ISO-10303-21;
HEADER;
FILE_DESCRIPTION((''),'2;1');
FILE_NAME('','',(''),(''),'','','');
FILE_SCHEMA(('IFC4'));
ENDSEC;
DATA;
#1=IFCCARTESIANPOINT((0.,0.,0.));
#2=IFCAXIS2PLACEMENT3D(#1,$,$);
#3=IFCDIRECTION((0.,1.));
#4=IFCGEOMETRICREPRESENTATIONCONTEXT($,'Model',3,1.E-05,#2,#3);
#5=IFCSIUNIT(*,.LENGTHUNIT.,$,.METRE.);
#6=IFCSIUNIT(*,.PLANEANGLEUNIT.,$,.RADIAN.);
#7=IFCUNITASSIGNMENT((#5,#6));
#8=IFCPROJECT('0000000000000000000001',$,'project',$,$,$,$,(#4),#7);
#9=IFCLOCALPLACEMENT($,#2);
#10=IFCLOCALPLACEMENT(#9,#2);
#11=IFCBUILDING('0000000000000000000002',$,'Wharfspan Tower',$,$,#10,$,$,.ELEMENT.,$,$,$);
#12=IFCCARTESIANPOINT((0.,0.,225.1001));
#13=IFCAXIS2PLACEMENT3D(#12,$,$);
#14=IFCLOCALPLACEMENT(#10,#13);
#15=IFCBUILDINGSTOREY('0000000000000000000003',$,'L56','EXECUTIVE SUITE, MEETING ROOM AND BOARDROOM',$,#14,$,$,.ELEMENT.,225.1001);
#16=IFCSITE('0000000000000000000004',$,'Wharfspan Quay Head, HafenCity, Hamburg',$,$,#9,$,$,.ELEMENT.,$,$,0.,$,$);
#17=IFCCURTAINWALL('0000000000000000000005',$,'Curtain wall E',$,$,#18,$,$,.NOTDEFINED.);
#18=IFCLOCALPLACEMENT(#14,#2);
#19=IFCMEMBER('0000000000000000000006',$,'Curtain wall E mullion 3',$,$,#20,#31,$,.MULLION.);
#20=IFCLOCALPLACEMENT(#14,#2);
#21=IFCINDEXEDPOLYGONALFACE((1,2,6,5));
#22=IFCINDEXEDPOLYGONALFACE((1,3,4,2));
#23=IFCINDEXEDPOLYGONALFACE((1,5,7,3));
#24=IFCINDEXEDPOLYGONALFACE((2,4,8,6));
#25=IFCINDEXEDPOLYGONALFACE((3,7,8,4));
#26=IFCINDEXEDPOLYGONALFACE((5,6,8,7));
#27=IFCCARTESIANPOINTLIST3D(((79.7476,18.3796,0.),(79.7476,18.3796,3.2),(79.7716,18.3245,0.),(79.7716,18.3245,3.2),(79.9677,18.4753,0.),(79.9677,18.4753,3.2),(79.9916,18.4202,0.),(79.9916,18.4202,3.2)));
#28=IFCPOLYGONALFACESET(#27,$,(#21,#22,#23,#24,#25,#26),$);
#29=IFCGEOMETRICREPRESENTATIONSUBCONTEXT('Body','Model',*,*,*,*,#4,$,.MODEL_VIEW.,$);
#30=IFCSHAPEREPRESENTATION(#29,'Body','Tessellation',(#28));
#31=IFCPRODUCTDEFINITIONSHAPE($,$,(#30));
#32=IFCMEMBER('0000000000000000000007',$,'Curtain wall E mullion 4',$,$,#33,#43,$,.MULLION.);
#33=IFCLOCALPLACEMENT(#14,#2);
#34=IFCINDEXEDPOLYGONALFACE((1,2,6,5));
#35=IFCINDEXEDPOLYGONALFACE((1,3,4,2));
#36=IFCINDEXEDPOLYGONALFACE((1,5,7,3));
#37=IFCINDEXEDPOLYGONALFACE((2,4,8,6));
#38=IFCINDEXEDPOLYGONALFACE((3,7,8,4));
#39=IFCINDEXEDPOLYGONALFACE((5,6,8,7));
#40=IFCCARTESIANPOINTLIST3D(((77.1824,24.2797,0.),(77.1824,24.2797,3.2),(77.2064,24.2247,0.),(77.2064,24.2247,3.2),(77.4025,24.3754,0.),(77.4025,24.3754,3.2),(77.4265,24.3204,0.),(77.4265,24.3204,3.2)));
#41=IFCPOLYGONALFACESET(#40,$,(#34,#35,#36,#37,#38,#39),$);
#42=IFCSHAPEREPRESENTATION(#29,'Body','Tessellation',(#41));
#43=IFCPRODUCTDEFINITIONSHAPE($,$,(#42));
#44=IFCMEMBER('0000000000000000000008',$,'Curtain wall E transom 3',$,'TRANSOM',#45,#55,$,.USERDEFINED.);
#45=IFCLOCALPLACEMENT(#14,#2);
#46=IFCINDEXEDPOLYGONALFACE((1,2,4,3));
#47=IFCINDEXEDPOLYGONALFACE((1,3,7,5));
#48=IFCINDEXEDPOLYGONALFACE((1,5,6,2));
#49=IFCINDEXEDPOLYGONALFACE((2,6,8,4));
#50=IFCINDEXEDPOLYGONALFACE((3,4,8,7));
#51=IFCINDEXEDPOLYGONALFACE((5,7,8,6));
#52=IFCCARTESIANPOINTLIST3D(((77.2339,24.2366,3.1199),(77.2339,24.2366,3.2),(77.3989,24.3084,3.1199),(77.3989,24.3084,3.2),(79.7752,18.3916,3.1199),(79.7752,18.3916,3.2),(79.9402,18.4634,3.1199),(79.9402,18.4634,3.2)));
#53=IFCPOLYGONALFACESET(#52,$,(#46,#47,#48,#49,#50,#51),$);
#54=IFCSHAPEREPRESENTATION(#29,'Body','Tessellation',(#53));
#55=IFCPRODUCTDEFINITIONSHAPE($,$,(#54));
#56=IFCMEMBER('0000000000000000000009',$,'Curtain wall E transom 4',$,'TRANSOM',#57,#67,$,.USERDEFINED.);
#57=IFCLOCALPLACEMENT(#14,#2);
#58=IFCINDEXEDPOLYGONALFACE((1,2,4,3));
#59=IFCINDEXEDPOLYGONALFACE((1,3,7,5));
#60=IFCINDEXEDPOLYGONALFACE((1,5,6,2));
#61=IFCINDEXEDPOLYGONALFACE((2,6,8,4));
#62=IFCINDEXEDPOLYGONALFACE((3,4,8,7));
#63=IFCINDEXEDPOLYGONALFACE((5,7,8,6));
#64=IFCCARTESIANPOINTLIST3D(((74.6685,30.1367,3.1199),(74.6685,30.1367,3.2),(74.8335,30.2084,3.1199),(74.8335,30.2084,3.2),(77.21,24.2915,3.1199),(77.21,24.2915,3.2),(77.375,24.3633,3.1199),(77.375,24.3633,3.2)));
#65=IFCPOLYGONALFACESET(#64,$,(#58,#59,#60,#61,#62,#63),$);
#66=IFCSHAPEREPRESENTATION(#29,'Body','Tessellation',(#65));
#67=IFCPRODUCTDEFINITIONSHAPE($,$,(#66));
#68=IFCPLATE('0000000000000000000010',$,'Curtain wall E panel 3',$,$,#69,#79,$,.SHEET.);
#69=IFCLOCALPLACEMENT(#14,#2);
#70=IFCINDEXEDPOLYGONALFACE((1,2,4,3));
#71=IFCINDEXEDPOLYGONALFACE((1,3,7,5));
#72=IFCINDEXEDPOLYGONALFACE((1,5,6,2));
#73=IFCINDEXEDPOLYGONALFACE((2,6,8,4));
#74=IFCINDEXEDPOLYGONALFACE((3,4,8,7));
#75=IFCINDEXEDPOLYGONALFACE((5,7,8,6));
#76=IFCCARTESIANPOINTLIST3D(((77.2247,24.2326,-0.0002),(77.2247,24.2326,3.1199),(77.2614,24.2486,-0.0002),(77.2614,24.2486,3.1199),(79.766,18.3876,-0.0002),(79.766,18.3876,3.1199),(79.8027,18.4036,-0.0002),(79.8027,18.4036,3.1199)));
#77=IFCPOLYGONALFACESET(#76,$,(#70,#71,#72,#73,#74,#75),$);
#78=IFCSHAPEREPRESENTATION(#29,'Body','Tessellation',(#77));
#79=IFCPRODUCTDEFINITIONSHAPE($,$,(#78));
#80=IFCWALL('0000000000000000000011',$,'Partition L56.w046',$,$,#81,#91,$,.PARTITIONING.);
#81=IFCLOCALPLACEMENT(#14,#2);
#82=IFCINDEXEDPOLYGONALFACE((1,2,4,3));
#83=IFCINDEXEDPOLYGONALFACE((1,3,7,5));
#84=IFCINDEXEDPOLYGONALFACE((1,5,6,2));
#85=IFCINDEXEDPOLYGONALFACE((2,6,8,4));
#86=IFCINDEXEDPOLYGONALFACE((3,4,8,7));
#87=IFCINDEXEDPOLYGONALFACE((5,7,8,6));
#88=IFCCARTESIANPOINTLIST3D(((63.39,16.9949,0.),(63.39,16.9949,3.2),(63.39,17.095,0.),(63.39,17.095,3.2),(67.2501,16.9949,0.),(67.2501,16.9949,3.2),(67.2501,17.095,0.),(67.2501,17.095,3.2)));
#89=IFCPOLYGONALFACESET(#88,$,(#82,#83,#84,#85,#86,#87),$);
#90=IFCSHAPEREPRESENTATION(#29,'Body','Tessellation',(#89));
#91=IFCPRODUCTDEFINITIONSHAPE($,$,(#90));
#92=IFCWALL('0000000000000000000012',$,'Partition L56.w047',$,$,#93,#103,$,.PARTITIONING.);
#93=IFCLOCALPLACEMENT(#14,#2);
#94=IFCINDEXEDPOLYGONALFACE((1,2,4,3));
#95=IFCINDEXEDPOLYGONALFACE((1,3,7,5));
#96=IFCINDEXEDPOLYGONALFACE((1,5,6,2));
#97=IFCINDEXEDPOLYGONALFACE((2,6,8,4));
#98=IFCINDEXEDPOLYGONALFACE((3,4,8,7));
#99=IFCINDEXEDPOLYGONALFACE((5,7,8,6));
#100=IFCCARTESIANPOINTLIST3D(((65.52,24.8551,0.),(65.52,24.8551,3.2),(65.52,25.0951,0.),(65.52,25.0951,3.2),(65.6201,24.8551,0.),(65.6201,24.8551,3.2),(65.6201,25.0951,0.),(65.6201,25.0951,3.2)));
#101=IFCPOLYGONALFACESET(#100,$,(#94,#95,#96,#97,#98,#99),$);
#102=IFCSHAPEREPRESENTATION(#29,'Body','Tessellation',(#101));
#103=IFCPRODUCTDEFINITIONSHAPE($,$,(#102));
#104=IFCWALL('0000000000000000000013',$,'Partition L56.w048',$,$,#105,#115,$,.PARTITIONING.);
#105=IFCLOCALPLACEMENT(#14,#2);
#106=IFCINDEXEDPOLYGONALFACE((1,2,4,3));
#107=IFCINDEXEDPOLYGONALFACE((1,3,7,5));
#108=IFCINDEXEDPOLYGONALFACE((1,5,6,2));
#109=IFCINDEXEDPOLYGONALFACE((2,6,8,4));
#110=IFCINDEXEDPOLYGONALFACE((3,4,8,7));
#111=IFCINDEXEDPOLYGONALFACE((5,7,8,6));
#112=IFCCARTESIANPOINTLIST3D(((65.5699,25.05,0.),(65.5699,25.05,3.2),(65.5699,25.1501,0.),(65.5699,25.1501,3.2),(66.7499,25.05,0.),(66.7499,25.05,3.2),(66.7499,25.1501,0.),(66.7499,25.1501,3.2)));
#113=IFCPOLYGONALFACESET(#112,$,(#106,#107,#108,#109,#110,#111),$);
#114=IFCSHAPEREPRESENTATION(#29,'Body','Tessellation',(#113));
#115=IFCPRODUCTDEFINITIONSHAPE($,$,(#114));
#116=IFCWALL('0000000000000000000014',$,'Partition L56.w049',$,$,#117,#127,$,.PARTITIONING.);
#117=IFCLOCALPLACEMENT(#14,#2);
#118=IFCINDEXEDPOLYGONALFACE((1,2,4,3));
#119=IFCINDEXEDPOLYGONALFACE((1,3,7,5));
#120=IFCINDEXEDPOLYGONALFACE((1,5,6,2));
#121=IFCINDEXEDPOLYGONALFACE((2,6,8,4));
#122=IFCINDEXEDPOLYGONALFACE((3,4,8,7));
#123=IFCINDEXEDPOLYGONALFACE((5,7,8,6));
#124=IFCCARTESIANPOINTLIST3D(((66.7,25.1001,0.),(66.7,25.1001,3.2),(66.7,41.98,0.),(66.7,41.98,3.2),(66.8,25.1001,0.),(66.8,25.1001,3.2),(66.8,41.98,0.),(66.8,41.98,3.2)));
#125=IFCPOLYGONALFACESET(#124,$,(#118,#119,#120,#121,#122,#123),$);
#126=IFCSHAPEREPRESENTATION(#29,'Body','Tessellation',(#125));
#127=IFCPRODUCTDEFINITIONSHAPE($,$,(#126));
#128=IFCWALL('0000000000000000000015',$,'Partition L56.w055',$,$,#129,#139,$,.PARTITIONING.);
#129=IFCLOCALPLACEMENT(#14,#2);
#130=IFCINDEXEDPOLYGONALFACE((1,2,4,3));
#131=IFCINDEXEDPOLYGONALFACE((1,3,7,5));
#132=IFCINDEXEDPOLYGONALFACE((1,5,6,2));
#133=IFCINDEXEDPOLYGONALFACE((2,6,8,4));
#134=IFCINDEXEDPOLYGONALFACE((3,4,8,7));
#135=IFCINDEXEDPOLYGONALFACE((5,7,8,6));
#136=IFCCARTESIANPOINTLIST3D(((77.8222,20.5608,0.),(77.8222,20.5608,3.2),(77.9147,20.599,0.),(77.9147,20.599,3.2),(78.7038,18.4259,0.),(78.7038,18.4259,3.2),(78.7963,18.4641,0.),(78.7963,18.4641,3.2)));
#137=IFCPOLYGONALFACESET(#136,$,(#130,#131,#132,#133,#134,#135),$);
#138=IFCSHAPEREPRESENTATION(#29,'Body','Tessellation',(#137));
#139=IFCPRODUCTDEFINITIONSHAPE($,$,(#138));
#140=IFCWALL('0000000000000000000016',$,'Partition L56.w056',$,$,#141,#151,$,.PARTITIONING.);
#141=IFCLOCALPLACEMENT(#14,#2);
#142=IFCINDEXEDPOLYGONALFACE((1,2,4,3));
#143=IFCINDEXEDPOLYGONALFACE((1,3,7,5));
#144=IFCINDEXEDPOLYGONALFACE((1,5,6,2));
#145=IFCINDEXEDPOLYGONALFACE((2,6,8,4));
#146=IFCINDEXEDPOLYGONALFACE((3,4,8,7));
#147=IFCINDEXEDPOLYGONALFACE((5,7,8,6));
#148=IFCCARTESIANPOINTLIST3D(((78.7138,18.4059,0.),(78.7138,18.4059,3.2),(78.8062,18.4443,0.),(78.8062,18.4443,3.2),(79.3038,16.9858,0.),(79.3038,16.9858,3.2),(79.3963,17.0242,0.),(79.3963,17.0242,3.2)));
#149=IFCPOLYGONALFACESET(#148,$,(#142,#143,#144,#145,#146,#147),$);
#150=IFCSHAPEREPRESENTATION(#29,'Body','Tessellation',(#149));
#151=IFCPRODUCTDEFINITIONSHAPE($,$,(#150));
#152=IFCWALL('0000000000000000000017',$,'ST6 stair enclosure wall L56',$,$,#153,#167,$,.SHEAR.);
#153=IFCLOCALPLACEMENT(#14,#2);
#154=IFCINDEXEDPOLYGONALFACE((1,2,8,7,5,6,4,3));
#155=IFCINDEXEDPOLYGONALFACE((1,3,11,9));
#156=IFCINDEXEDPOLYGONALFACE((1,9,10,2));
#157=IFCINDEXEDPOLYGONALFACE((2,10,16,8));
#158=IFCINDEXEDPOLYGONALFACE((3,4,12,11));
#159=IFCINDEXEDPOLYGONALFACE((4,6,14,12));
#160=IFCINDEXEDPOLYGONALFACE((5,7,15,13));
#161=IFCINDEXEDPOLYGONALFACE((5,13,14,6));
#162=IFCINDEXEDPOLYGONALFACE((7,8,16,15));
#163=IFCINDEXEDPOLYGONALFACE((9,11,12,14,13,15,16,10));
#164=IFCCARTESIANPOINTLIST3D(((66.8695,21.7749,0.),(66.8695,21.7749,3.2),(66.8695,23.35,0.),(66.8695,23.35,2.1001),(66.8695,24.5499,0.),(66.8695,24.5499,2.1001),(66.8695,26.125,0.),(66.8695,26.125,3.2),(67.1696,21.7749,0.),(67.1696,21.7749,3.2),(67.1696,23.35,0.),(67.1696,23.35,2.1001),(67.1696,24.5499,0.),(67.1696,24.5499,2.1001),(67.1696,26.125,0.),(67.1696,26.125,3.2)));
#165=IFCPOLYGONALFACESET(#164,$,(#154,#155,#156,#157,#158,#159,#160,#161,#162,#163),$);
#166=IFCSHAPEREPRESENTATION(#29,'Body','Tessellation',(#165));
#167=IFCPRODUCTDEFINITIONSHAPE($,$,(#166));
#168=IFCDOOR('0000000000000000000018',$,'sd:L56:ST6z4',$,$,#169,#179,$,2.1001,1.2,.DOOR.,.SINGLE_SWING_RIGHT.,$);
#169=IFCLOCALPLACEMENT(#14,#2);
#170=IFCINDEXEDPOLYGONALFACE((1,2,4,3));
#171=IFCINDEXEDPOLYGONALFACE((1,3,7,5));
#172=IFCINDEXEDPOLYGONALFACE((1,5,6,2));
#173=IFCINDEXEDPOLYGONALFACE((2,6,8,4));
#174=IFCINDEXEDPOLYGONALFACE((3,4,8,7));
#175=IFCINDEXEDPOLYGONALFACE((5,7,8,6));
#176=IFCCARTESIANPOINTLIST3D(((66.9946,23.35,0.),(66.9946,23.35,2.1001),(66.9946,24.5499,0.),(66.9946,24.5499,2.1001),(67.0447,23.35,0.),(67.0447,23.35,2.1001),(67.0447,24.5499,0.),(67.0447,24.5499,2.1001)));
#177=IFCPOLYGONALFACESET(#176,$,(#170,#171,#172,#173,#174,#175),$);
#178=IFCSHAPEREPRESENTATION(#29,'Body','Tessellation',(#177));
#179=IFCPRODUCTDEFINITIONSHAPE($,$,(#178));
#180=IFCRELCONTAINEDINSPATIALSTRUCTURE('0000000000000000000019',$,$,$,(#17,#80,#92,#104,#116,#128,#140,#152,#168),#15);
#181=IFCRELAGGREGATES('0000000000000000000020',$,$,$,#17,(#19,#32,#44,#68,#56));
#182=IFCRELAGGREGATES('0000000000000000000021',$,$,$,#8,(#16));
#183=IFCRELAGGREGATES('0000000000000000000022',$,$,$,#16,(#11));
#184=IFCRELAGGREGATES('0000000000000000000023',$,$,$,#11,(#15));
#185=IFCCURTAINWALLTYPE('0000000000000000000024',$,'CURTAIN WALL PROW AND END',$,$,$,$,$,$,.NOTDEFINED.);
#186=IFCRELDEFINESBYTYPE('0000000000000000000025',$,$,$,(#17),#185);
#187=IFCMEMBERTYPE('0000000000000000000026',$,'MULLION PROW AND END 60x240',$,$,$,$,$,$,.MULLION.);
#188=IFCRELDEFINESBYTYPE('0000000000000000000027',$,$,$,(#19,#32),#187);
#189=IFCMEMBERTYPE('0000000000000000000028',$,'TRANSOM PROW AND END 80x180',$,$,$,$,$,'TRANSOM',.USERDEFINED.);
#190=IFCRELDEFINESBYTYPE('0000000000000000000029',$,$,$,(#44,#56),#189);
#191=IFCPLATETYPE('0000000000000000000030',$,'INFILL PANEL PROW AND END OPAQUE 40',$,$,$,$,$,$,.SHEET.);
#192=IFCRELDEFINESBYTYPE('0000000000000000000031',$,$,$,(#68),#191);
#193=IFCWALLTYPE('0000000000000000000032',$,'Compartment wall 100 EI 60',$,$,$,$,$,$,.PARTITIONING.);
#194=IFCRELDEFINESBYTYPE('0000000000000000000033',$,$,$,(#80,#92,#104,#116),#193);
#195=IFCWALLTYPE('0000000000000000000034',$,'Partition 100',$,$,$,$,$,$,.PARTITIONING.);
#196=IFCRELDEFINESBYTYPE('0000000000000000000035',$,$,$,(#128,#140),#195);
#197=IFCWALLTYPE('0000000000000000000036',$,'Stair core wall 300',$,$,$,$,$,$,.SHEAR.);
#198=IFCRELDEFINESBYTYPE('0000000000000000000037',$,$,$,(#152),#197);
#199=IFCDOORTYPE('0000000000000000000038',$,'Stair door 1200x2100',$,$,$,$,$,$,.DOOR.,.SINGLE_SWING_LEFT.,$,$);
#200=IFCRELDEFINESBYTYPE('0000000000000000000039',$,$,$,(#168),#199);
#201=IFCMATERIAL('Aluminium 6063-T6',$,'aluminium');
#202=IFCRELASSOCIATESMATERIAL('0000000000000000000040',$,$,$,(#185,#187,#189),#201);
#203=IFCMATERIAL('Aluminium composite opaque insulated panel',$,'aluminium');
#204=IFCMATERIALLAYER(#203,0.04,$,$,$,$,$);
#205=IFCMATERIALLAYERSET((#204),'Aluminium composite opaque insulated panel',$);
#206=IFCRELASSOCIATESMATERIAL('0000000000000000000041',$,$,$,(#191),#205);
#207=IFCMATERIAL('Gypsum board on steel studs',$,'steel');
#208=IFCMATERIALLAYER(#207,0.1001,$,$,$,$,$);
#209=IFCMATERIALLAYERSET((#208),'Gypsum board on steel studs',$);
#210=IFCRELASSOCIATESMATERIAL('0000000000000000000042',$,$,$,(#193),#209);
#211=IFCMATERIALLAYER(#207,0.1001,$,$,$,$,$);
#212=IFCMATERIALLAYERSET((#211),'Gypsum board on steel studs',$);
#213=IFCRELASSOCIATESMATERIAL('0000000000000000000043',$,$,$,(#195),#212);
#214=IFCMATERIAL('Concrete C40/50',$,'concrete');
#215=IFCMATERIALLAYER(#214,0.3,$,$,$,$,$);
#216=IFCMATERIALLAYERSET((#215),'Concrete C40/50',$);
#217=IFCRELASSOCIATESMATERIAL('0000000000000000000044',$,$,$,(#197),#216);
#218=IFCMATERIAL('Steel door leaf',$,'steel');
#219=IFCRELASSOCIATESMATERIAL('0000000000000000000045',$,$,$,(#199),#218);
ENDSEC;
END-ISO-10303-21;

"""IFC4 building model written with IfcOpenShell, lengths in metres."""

from ifc_helpers import new_model, si_unit, direction, frame, frame_2d, origin, origin_2d, place, context, subcontext, project, spatial, rectangle, extrude, material, layer, layer_set, material_profile, profile_set, type_object, element, fill, aggregate, save


model = new_model("IFC4")

# Units and contexts
model_context = context("Model", 3, precision=1e-05, world=origin(), true_north=direction((0.0, 1.0)))
body_context = subcontext(model_context, "Body", "Model", "MODEL_VIEW")
ifc_project = project(units=[si_unit("LENGTHUNIT", "METRE"), si_unit("PLANEANGLEUNIT", "RADIAN")], contexts=[model_context])

# Site, building, storey
site_placement = place(None, origin())
site = spatial("IfcSite", under=ifc_project, at=site_placement, Name="Wharfspan Quay Head, HafenCity, Hamburg", CompositionType="ELEMENT", RefElevation=0.0)
building_placement = place(site_placement, origin())
building = spatial("IfcBuilding", under=site, at=building_placement, Name="Wharfspan Tower", CompositionType="ELEMENT")
storey_placement = place(building_placement, frame((0.0, 0.0, 225.1001)))
storey = spatial("IfcBuildingStorey", under=building, at=storey_placement, Name="L56", Description="EXECUTIVE SUITE, MEETING ROOM AND BOARDROOM", CompositionType="ELEMENT", Elevation=225.1001)

# Curtain wall, members, plate
ifc_material_1 = material(Name="Aluminium 6063-T6", Category="aluminium")
curtain_wall_type = type_object("IfcCurtainWallType", Name="CURTAIN WALL PROW AND END", PredefinedType="NOTDEFINED", material=ifc_material_1)
curtain_wall_placement = place(storey_placement, origin())
curtain_wall = element("IfcCurtainWall", 1, at=curtain_wall_placement, inside=storey, type_object=curtain_wall_type, Name="Curtain wall E", PredefinedType="NOTDEFINED")
ifc_material_profile_1 = material_profile(ifc_material_1, rectangle(XDim=0.24, YDim=0.0601, at=origin_2d()))
ifc_profile_set_1 = profile_set([ifc_material_profile_1], Name="Aluminium 6063-T6")
member_type_1 = type_object("IfcMemberType", Name="MULLION PROW AND END 60x240", PredefinedType="MULLION", material=ifc_profile_set_1)
member_1_placement = place(storey_placement, frame((79.8696, 18.3999, 0.0), z_axis=(0.0, 0.0, 1.0), x_axis=(-0.917072, -0.398727, 0.0)))
member_1 = element("IfcMember", 2, at=member_1_placement, type_object=member_type_1, Name="Curtain wall E mullion 3", PredefinedType="MULLION", context=body_context, shape_type="SweptSolid", body=[
    extrude(rectangle(XDim=0.24, YDim=0.0601, at=origin_2d()), origin(), (0.0, 0.0, 1.0), 3.2),
])
member_2_placement = place(storey_placement, frame((77.3044, 24.3, 0.0), z_axis=(0.0, 0.0, 1.0), x_axis=(-0.917072, -0.398727, 0.0)))
member_2 = element("IfcMember", 3, at=member_2_placement, type_object=member_type_1, Name="Curtain wall E mullion 4", PredefinedType="MULLION", context=body_context, shape_type="SweptSolid", body=[
    extrude(rectangle(XDim=0.24, YDim=0.0601, at=origin_2d()), origin(), (0.0, 0.0, 1.0), 3.2),
])
ifc_material_profile_2 = material_profile(ifc_material_1, rectangle(XDim=0.1799, YDim=0.0801, at=origin_2d()))
ifc_profile_set_2 = profile_set([ifc_material_profile_2], Name="Aluminium 6063-T6")
member_type_2 = type_object("IfcMemberType", Name="TRANSOM PROW AND END 80x180", ElementType="TRANSOM", PredefinedType="USERDEFINED", material=ifc_profile_set_2)
member_3_placement = place(storey_placement, frame((79.8577, 18.4275, 3.1599), z_axis=(-0.398722, 0.917072, 0.0), x_axis=(-0.917072, -0.398722, 0.0)))
member_3 = element("IfcMember", 4, at=member_3_placement, type_object=member_type_2, Name="Curtain wall E transom 3", ObjectType="TRANSOM", PredefinedType="USERDEFINED", context=body_context, shape_type="SweptSolid", body=[
    extrude(rectangle(XDim=0.1799, YDim=0.0801, at=origin_2d()), origin(), (0.0, 0.0, 1.0), 6.3735),
])
member_4_placement = place(storey_placement, frame((77.2925, 24.3274, 3.1599), z_axis=(-0.39874, 0.917064, 0.0), x_axis=(-0.917064, -0.39874, 0.0)))
member_4 = element("IfcMember", 5, at=member_4_placement, type_object=member_type_2, Name="Curtain wall E transom 4", ObjectType="TRANSOM", PredefinedType="USERDEFINED", context=body_context, shape_type="SweptSolid", body=[
    extrude(rectangle(XDim=0.1799, YDim=0.0801, at=origin_2d()), origin(), (0.0, 0.0, 1.0), 6.3738),
])
ifc_material_2 = material(Name="Aluminium composite opaque insulated panel", Category="aluminium")
ifc_layer_1 = layer(ifc_material_2, 0.04)
ifc_layer_set_1 = layer_set([ifc_layer_1], Name="Aluminium composite opaque insulated panel")
plate_type = type_object("IfcPlateType", Name="INFILL PANEL PROW AND END OPAQUE 40", PredefinedType="SHEET", material=ifc_layer_set_1)
plate_placement = place(storey_placement, frame((78.5137, 21.3181, -0.0002), z_axis=(0.0, 0.0, 1.0), x_axis=(-0.398727, 0.917072, 0.0)))
plate = element("IfcPlate", 6, at=plate_placement, type_object=plate_type, Name="Curtain wall E panel 3", PredefinedType="SHEET", context=body_context, shape_type="SweptSolid", body=[
    extrude(rectangle(XDim=6.3735, YDim=0.04, at=origin_2d()), origin(), (0.0, 0.0, 1.0), 3.1201),
])
aggregate(curtain_wall, [member_1, member_2, member_3, plate, member_4])

# Walls
ifc_material_3 = material(Name="Gypsum board on steel studs", Category="steel")
ifc_layer_2 = layer(ifc_material_3, 0.1001)
ifc_layer_set_2 = layer_set([ifc_layer_2], Name="Gypsum board on steel studs")
wall_type_1 = type_object("IfcWallType", Name="Compartment wall 100 EI 60", PredefinedType="PARTITIONING", material=ifc_layer_set_2)
wall_1_placement = place(storey_placement, frame((63.3899, 17.0449, 0.0), z_axis=(0.0, 0.0, 1.0), x_axis=(1.0, 0.0, 0.0)))
element("IfcWall", 7, at=wall_1_placement, inside=storey, type_object=wall_type_1, Name="Partition L56.w046", PredefinedType="PARTITIONING", context=body_context, shape_type="SweptSolid", body=[
    extrude(rectangle(XDim=3.8601, YDim=0.1001, at=frame_2d((1.9302, 0.0))), origin(), (0.0, 0.0, 1.0), 3.2),
])
wall_2_placement = place(storey_placement, frame((65.5701, 24.855, 0.0), z_axis=(0.0, 0.0, 1.0), x_axis=(0.0, 1.0, 0.0)))
element("IfcWall", 8, at=wall_2_placement, inside=storey, type_object=wall_type_1, Name="Partition L56.w047", PredefinedType="PARTITIONING", context=body_context, shape_type="SweptSolid", body=[
    extrude(rectangle(XDim=0.24, YDim=0.1001, at=frame_2d((0.1201, 0.0))), origin(), (0.0, 0.0, 1.0), 3.2),
])
wall_3_placement = place(storey_placement, frame((65.5701, 25.1001, 0.0), z_axis=(0.0, 0.0, 1.0), x_axis=(1.0, 0.0, 0.0)))
element("IfcWall", 9, at=wall_3_placement, inside=storey, type_object=wall_type_1, Name="Partition L56.w048", PredefinedType="PARTITIONING", context=body_context, shape_type="SweptSolid", body=[
    extrude(rectangle(XDim=1.1799, YDim=0.1001, at=frame_2d((0.5898, 0.0))), origin(), (0.0, 0.0, 1.0), 3.2),
])
wall_4_placement = place(storey_placement, frame((66.75, 25.1001, 0.0), z_axis=(0.0, 0.0, 1.0), x_axis=(0.0, 1.0, 0.0)))
element("IfcWall", 10, at=wall_4_placement, inside=storey, type_object=wall_type_1, Name="Partition L56.w049", PredefinedType="PARTITIONING", context=body_context, shape_type="SweptSolid", body=[
    extrude(rectangle(XDim=16.8799, YDim=0.1001, at=frame_2d((8.4399, 0.0))), origin(), (0.0, 0.0, 1.0), 3.2),
])
ifc_layer_3 = layer(ifc_material_3, 0.1001)
ifc_layer_set_3 = layer_set([ifc_layer_3], Name="Gypsum board on steel studs")
wall_type_2 = type_object("IfcWallType", Name="Partition 100", PredefinedType="PARTITIONING", material=ifc_layer_set_3)
wall_5_placement = place(storey_placement, frame((78.75, 18.4451, 0.0), z_axis=(0.0, 0.0, 1.0), x_axis=(-0.381663, 0.924299, 0.0)))
element("IfcWall", 11, at=wall_5_placement, inside=storey, type_object=wall_type_2, Name="Partition L56.w055", PredefinedType="PARTITIONING", context=body_context, shape_type="SweptSolid", body=[
    extrude(rectangle(XDim=2.3098, YDim=0.1001, at=frame_2d((1.1548, 0.0))), origin(), (0.0, 0.0, 1.0), 3.2),
])
wall_6_placement = place(storey_placement, frame((79.3501, 17.0049, 0.0), z_axis=(0.0, 0.0, 1.0), x_axis=(-0.383703, 0.923459, 0.0)))
element("IfcWall", 12, at=wall_6_placement, inside=storey, type_object=wall_type_2, Name="Partition L56.w056", PredefinedType="PARTITIONING", context=body_context, shape_type="SweptSolid", body=[
    extrude(rectangle(XDim=1.5378, YDim=0.1001, at=frame_2d((0.769, 0.0))), origin(), (0.0, 0.0, 1.0), 3.2),
])

# Wall, opening, door
ifc_material_4 = material(Name="Concrete C40/50", Category="concrete")
ifc_layer_4 = layer(ifc_material_4, 0.3)
ifc_layer_set_4 = layer_set([ifc_layer_4], Name="Concrete C40/50")
wall_type_3 = type_object("IfcWallType", Name="Stair core wall 300", PredefinedType="SHEAR", material=ifc_layer_set_4)
wall_7_placement = place(storey_placement, frame((67.0195, 21.7749, 0.0), z_axis=(0.0, 0.0, 1.0), x_axis=(0.0, 1.0, 0.0)))
wall_7 = element("IfcWall", 13, at=wall_7_placement, inside=storey, type_object=wall_type_3, Name="ST6 stair enclosure wall L56", PredefinedType="SHEAR", context=body_context, shape_type="SweptSolid", body=[
    extrude(rectangle(XDim=4.3501, YDim=0.3, at=frame_2d((2.175, 0.0))), origin(), (0.0, 0.0, 1.0), 3.2),
])
opening_placement = place(wall_7_placement, frame((1.575, 0.0, 0.0)))
opening = element("IfcOpeningElement", 14, at=opening_placement, cuts=wall_7, PredefinedType="OPENING", context=body_context, shape_type="SweptSolid", body=[
    extrude(rectangle(XDim=1.2, YDim=2.1001, at=frame_2d((0.6001, 1.05))), frame((0.0, 0.1599, 0.0), z_axis=(0.0, -1.0, 0.0), x_axis=(1.0, 0.0, 0.0)), (0.0, 0.0, 1.0), 0.3201),
])
ifc_material_5 = material(Name="Steel door leaf", Category="steel")
door_type = type_object("IfcDoorType", Name="Stair door 1200x2100", OperationType="SINGLE_SWING_LEFT", PredefinedType="DOOR", material=ifc_material_5)
door_placement = place(opening_placement, origin())
door = element("IfcDoor", 15, at=door_placement, inside=storey, type_object=door_type, Name="sd:L56:ST6z4", OperationType="SINGLE_SWING_RIGHT", OverallHeight=2.1001, OverallWidth=1.2, PredefinedType="DOOR", context=body_context, shape_type="SweptSolid", body=[
    extrude(rectangle(XDim=1.2, YDim=2.1001, at=frame_2d((0.6001, 1.05))), frame((0.0, 0.0249, 0.0), z_axis=(0.0, -1.0, 0.0), x_axis=(1.0, 0.0, 0.0)), (0.0, 0.0, 1.0), 0.05),
])
fill(opening, door)

save(model, "model.ifc")
